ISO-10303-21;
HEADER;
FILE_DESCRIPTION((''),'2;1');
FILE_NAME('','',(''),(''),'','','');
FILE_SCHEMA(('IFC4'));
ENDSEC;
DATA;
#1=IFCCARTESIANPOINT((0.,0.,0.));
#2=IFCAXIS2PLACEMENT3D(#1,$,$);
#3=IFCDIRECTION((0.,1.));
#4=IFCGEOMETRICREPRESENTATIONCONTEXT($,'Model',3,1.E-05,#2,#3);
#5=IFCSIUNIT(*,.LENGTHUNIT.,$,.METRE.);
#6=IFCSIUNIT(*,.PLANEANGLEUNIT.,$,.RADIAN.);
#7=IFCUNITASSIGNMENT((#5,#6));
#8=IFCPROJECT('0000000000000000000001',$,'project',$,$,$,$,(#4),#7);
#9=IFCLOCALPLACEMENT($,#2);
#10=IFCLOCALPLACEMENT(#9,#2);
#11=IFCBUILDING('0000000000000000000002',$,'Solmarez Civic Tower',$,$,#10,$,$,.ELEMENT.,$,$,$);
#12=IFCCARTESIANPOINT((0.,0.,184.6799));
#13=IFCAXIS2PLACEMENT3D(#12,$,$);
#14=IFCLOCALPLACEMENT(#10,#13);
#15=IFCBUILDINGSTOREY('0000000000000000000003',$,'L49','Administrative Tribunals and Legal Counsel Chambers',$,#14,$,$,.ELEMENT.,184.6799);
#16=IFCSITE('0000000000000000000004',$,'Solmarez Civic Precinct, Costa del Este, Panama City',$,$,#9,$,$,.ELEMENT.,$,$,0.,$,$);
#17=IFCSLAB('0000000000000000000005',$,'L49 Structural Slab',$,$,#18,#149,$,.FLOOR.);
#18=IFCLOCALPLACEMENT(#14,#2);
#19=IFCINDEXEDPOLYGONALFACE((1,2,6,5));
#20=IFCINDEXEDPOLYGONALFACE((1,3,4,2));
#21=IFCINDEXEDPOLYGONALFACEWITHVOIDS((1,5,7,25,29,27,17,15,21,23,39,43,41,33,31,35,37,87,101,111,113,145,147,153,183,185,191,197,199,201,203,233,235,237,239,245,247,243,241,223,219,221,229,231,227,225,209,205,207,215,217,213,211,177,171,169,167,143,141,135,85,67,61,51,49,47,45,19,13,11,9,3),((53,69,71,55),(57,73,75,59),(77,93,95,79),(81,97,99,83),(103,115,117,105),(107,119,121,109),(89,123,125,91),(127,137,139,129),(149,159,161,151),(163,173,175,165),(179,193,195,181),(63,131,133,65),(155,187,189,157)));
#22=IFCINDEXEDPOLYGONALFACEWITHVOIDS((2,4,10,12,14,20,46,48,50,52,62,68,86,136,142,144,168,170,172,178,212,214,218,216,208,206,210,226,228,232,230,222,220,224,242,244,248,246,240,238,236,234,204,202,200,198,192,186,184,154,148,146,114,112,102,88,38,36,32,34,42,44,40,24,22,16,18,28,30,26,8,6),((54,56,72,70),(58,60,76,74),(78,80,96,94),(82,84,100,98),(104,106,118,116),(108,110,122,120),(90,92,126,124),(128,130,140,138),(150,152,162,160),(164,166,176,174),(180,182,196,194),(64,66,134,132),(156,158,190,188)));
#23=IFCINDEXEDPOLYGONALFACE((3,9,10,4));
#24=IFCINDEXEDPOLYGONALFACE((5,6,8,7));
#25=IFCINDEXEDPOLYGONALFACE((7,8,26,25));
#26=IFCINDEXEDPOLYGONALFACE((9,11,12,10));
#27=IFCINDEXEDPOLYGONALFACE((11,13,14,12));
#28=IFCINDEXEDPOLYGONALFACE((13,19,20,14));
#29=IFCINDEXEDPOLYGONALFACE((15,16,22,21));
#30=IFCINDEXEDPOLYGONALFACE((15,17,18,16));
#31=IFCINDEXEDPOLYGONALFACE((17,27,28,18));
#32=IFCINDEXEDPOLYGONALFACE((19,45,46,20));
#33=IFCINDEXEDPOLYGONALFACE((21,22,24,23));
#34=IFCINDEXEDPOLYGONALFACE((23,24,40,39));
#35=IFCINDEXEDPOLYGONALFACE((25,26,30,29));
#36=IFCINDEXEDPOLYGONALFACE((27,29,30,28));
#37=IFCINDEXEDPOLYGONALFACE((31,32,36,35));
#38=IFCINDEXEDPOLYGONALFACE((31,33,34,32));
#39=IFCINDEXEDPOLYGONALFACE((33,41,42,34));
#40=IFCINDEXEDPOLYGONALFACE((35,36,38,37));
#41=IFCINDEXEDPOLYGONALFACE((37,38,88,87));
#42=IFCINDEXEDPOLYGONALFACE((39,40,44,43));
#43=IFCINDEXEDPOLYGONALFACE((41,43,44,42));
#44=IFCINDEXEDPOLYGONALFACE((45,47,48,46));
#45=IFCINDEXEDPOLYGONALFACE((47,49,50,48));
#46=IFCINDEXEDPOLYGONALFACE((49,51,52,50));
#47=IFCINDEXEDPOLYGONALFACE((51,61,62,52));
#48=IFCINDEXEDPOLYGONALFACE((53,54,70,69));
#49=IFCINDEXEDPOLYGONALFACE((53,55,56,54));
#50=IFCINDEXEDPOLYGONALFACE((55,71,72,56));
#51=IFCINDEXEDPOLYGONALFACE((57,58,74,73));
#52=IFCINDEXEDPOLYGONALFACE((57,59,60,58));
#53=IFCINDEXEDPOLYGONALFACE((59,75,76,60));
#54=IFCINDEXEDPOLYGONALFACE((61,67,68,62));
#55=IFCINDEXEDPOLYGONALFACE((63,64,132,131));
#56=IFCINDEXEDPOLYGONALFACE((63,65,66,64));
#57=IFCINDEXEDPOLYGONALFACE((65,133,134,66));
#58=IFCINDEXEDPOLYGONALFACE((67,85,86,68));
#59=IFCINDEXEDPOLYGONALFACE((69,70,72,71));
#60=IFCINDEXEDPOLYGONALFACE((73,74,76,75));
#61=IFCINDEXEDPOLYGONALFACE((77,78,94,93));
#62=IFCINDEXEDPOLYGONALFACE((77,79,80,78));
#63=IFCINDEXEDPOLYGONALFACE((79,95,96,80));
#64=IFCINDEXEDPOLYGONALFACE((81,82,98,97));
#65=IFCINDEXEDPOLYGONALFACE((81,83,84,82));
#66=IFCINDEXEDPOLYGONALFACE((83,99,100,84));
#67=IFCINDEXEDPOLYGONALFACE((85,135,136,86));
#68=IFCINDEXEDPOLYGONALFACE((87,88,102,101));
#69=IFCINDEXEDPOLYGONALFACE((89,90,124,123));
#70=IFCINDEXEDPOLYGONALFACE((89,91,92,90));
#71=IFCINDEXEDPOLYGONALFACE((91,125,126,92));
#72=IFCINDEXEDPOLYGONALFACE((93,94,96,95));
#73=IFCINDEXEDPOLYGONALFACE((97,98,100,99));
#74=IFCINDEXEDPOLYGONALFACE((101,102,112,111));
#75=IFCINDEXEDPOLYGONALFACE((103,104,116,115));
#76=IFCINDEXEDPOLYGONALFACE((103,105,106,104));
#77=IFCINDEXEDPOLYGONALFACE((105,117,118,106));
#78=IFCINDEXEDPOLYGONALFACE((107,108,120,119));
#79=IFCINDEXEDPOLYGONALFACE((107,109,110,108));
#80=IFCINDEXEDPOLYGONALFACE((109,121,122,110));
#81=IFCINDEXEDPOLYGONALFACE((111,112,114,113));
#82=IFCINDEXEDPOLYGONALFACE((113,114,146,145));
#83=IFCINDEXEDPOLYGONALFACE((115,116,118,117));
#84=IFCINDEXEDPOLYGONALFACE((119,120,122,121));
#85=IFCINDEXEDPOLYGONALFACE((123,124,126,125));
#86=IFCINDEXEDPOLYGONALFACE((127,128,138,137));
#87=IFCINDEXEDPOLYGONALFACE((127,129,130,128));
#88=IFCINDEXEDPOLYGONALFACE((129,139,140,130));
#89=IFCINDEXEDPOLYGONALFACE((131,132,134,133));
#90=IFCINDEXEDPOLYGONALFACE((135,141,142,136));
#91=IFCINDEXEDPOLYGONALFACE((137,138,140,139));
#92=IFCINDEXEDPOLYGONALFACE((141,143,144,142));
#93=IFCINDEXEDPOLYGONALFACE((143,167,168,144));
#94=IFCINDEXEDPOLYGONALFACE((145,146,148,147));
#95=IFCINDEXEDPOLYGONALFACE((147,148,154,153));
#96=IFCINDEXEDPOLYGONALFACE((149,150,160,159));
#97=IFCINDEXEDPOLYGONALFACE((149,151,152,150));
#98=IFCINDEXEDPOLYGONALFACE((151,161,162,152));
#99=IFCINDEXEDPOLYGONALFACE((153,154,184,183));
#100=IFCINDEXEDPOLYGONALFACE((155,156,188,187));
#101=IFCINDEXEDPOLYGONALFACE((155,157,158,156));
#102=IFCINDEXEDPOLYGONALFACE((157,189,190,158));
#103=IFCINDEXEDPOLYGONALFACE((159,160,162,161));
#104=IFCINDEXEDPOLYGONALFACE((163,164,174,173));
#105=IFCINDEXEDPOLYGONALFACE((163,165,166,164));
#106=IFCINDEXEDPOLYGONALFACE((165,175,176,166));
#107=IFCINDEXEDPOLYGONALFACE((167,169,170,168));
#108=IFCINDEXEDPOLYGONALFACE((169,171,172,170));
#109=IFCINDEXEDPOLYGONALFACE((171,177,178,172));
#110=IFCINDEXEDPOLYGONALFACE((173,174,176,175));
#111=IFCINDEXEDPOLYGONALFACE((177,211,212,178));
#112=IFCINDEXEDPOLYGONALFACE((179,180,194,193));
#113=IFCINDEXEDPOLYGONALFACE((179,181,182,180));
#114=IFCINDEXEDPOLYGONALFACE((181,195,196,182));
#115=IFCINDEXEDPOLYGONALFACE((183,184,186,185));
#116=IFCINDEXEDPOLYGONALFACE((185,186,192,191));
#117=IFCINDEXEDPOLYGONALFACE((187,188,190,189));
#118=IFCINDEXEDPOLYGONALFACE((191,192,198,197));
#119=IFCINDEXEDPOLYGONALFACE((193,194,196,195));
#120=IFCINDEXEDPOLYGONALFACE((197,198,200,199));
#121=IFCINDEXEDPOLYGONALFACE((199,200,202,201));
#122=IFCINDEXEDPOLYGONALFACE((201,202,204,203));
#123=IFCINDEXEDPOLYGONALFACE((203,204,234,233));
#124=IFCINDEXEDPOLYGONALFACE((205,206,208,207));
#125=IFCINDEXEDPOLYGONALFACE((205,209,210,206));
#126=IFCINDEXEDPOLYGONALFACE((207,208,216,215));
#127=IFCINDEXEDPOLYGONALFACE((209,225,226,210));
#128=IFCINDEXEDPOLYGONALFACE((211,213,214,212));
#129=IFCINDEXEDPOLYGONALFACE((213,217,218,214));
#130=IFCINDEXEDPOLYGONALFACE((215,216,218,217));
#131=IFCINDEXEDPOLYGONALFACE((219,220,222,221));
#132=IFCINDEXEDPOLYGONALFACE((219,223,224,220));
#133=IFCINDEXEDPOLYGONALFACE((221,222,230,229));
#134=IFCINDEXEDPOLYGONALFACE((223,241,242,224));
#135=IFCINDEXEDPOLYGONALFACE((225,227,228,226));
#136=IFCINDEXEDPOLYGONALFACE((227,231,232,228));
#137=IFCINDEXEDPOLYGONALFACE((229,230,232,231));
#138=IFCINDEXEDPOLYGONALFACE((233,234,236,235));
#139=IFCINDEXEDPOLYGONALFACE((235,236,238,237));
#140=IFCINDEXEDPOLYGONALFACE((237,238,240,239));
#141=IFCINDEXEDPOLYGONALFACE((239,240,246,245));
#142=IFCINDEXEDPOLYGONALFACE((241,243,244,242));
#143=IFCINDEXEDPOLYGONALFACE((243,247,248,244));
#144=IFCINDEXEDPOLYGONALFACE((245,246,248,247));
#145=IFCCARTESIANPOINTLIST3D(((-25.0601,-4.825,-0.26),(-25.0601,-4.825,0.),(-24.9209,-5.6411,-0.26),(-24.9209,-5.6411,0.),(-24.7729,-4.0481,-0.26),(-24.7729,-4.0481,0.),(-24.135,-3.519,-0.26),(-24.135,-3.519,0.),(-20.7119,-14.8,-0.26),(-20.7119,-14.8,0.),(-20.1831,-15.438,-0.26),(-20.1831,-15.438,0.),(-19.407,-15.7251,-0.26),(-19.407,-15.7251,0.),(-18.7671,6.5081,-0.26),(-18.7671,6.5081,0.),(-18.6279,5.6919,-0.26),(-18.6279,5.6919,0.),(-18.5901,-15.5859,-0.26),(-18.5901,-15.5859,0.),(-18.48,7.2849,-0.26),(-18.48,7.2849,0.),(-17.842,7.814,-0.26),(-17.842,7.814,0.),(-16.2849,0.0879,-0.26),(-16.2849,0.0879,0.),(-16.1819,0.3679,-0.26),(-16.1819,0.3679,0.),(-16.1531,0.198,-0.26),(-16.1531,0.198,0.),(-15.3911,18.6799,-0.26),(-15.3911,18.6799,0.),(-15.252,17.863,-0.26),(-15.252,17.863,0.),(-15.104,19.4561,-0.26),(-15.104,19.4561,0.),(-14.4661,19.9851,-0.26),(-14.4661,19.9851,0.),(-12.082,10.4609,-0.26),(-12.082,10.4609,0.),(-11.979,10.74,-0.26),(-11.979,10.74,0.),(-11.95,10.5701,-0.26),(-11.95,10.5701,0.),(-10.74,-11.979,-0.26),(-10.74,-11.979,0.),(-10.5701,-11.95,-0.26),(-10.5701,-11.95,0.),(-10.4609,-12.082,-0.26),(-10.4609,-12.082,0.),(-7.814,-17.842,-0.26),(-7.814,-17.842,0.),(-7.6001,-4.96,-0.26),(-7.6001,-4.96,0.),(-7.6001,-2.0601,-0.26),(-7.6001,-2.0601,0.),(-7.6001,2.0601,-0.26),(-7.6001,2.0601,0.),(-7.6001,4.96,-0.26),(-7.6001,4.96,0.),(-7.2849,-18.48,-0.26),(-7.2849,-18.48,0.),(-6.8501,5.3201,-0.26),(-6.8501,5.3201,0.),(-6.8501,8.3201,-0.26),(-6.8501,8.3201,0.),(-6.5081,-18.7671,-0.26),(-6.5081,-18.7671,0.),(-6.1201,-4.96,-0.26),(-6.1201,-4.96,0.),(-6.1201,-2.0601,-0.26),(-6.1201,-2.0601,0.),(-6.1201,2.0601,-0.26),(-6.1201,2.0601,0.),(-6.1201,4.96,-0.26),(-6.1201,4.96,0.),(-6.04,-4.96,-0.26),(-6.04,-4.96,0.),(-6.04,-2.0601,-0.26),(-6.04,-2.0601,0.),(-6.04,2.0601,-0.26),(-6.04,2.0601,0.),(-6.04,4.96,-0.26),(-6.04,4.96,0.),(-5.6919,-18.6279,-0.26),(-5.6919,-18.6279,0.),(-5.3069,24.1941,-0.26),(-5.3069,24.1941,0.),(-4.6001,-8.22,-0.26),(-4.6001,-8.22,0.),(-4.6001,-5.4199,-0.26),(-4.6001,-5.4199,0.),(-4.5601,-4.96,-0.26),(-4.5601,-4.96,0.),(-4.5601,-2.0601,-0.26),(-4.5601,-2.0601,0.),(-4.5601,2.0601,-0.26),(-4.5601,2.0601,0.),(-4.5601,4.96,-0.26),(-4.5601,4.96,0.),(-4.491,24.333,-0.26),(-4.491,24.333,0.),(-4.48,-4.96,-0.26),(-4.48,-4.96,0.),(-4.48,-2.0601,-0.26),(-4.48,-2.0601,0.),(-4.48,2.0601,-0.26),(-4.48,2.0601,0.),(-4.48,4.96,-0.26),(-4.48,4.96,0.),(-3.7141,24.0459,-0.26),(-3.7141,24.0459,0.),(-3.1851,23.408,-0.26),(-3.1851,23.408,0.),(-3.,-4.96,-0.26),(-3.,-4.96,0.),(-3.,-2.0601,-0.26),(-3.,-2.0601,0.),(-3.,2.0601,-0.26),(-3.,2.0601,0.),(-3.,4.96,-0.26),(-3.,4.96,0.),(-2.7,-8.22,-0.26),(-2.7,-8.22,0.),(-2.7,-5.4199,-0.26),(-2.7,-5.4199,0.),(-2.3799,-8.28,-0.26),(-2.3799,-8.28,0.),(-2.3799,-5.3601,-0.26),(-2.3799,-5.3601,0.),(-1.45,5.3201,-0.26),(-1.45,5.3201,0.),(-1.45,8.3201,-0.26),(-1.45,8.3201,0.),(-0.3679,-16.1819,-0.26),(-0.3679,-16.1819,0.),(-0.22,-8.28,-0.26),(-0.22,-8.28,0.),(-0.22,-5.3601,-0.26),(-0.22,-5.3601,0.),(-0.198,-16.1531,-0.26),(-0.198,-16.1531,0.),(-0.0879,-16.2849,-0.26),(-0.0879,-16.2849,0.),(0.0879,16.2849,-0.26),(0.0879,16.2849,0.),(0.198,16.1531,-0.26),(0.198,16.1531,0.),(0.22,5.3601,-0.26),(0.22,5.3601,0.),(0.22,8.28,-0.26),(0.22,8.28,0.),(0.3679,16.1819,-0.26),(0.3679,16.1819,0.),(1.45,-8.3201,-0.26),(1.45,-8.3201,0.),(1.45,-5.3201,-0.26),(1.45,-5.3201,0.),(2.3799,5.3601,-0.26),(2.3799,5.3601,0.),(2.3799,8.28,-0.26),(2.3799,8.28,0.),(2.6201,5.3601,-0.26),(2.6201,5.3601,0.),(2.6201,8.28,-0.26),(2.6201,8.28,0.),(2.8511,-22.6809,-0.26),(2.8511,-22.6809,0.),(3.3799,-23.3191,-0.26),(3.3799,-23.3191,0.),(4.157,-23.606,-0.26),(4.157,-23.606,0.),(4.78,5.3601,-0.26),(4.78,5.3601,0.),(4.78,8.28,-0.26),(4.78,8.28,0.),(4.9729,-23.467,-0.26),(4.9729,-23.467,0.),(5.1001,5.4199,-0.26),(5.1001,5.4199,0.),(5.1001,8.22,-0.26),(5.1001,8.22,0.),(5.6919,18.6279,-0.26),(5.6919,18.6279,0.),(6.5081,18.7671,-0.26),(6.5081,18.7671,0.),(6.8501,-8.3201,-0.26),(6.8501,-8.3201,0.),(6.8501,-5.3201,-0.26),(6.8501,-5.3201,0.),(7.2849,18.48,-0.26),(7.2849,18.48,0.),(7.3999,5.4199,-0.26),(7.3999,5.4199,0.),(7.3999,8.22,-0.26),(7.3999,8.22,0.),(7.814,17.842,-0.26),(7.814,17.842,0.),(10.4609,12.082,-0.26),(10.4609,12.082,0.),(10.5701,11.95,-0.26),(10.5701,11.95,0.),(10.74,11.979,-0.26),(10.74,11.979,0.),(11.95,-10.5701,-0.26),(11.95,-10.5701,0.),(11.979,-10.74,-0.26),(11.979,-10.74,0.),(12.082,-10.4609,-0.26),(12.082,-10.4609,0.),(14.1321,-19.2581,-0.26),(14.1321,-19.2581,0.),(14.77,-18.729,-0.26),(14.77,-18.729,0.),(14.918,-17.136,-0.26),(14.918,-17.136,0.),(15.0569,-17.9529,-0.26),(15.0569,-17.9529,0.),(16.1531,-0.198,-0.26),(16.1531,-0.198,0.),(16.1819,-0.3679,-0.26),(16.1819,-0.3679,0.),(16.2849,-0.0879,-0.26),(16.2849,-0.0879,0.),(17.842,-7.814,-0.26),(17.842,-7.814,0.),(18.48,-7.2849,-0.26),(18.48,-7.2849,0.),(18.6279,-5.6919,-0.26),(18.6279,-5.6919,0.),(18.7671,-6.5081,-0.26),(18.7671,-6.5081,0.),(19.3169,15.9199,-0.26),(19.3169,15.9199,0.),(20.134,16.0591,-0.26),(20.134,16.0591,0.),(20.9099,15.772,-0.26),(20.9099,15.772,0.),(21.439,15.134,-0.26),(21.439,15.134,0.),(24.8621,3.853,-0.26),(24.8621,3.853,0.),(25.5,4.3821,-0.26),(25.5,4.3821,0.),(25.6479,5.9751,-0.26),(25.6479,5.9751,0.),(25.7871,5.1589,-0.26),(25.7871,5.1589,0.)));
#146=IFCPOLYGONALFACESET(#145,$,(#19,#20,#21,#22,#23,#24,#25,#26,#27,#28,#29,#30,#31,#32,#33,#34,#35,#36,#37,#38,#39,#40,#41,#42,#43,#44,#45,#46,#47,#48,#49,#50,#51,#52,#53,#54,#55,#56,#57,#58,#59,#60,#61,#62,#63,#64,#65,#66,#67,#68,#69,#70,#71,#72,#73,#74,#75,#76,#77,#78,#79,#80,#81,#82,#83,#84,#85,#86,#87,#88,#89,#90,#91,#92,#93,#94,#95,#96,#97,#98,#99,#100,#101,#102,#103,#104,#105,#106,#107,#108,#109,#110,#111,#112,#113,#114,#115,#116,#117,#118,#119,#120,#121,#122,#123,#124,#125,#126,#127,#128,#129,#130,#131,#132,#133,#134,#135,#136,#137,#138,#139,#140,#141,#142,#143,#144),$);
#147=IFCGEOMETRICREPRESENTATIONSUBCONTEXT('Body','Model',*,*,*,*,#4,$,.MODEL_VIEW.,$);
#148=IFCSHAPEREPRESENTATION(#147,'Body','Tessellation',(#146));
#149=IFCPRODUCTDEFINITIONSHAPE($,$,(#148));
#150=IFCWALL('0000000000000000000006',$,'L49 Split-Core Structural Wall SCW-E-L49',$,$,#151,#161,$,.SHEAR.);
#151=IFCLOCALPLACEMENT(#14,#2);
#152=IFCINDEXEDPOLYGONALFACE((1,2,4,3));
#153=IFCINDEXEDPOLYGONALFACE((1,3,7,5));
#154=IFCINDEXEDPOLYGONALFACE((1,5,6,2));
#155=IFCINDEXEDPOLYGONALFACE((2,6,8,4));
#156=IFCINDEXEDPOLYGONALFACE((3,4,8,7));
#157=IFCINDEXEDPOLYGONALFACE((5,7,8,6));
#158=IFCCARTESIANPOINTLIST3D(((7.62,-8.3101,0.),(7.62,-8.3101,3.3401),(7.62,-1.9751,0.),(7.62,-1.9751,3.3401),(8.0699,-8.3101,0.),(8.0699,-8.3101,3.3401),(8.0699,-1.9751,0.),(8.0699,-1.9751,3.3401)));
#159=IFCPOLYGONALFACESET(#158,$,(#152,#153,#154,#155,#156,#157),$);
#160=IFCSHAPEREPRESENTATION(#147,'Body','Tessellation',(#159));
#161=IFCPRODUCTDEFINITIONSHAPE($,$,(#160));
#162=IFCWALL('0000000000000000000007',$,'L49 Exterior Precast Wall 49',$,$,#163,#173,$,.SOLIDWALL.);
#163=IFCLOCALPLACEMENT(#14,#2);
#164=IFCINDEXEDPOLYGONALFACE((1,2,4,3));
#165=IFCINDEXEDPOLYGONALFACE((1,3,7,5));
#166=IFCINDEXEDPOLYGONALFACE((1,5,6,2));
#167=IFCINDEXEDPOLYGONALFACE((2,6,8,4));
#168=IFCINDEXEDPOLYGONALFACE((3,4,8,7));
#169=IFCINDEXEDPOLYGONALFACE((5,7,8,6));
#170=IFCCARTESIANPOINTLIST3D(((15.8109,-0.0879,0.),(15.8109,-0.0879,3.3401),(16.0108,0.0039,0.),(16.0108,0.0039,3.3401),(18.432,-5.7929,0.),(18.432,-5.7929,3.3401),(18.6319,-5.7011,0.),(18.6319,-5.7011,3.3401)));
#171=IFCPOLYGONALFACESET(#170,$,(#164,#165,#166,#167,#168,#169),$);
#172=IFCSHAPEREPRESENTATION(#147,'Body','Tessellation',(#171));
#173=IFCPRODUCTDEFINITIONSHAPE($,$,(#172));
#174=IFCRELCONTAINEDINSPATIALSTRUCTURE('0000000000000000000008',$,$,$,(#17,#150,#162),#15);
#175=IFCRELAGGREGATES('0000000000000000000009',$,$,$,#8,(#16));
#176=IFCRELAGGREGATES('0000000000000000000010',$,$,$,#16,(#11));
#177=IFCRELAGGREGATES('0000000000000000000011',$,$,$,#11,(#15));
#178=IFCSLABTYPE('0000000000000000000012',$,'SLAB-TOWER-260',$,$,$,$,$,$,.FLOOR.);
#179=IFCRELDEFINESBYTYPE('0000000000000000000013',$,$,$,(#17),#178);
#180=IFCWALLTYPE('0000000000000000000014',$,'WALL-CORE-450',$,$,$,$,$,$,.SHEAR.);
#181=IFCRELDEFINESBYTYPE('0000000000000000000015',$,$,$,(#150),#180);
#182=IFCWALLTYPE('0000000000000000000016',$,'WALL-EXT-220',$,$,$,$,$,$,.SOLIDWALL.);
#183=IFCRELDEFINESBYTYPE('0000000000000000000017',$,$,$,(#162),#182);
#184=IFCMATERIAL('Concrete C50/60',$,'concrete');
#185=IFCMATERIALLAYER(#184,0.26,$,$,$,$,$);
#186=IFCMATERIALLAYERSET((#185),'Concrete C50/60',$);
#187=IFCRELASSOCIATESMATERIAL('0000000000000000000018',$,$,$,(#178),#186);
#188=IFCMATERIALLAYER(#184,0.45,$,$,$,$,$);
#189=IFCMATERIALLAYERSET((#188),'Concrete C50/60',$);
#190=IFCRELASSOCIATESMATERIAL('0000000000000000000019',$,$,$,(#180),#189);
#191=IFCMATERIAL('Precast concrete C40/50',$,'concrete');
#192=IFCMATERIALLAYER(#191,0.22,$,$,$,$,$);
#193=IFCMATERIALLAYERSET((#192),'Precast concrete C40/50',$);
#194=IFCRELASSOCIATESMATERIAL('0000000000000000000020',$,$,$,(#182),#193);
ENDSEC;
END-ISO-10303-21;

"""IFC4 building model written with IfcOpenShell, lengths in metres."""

from ifc_helpers import new_model, si_unit, direction, frame, frame_2d, origin, place, context, subcontext, project, spatial, polyline, rectangle, outline, extrude, material, layer, layer_set, type_object, element, save


model = new_model("IFC4")

# Units and contexts
model_context = context("Model", 3, precision=1e-05, world=origin(), true_north=direction((0.0, 1.0)))
body_context = subcontext(model_context, "Body", "Model", "MODEL_VIEW")
ifc_project = project(units=[si_unit("LENGTHUNIT", "METRE"), si_unit("PLANEANGLEUNIT", "RADIAN")], contexts=[model_context])

# Site, building, storey
site_placement = place(None, origin())
site = spatial("IfcSite", under=ifc_project, at=site_placement, Name="Solmarez Civic Precinct, Costa del Este, Panama City", CompositionType="ELEMENT", RefElevation=0.0)
building_placement = place(site_placement, origin())
building = spatial("IfcBuilding", under=site, at=building_placement, Name="Solmarez Civic Tower", CompositionType="ELEMENT")
storey_placement = place(building_placement, frame((0.0, 0.0, 184.6799)))
storey = spatial("IfcBuildingStorey", under=building, at=storey_placement, Name="L49", Description="Administrative Tribunals and Legal Counsel Chambers", CompositionType="ELEMENT", Elevation=184.6799)

# Shared definitions
ifc_material_1 = material(Name="Concrete C50/60", Category="concrete")

# Slab
ifc_layer_1 = layer(ifc_material_1, 0.26)
ifc_layer_set_1 = layer_set([ifc_layer_1], Name="Concrete C50/60")
slab_type_1 = type_object("IfcSlabType", Name="SLAB-TOWER-260", PredefinedType="FLOOR", material=ifc_layer_set_1)
slab_1_placement = place(storey_placement, frame((0.0, 0.0, -0.26)))
element("IfcSlab", 1, at=slab_1_placement, inside=storey, type_object=slab_type_1, Name="L49 Structural Slab", PredefinedType="FLOOR", context=body_context, shape_type="SweptSolid", body=[
    extrude(outline(polyline([(-10.4609, -12.082), (-7.814, -17.842), (-7.2849, -18.48), (-6.5081, -18.7671), (-5.6919, -18.6279), (-0.3679, -16.1819), (-0.198, -16.1531), (-0.0879, -16.2849), (2.8511, -22.6809), (3.3799, -23.3191), (4.157, -23.606), (4.9729, -23.467), (14.1321, -19.2581), (14.77, -18.729), (15.0569, -17.9529), (14.918, -17.136), (11.979, -10.74), (11.95, -10.5701), (12.082, -10.4609), (17.842, -7.814), (18.48, -7.2849), (18.7671, -6.5081), (18.6279, -5.6919), (16.1819, -0.3679), (16.1531, -0.198), (16.2849, -0.0879), (24.8621, 3.853), (25.5, 4.3821), (25.7871, 5.1589), (25.6479, 5.9751), (21.439, 15.134), (20.9099, 15.772), (20.134, 16.0591), (19.3169, 15.9199), (10.74, 11.979), (10.5701, 11.95), (10.4609, 12.082), (7.814, 17.842), (7.2849, 18.48), (6.5081, 18.7671), (5.6919, 18.6279), (0.3679, 16.1819), (0.198, 16.1531), (0.0879, 16.2849), (-3.1851, 23.408), (-3.7141, 24.0459), (-4.491, 24.333), (-5.3069, 24.1941), (-14.4661, 19.9851), (-15.104, 19.4561), (-15.3911, 18.6799), (-15.252, 17.863), (-11.979, 10.74), (-11.95, 10.5701), (-12.082, 10.4609), (-17.842, 7.814), (-18.48, 7.2849), (-18.7671, 6.5081), (-18.6279, 5.6919), (-16.1819, 0.3679), (-16.1531, 0.198), (-16.2849, 0.0879), (-24.135, -3.519), (-24.7729, -4.0481), (-25.0601, -4.825), (-24.9209, -5.6411), (-20.7119, -14.8), (-20.1831, -15.438), (-19.407, -15.7251), (-18.5901, -15.5859), (-10.74, -11.979), (-10.5701, -11.95), (-10.4609, -12.082)]), holes=[polyline([(-1.45, 8.3201), (-6.8501, 8.3201), (-6.8501, 5.3201), (-1.45, 5.3201), (-1.45, 8.3201)]), polyline([(1.45, -8.3201), (6.8501, -8.3201), (6.8501, -5.3201), (1.45, -5.3201), (1.45, -8.3201)]), polyline([(0.22, 5.3601), (2.3799, 5.3601), (2.3799, 8.28), (0.22, 8.28), (0.22, 5.3601)]), polyline([(2.6201, 5.3601), (4.78, 5.3601), (4.78, 8.28), (2.6201, 8.28), (2.6201, 5.3601)]), polyline([(-2.3799, -8.28), (-0.22, -8.28), (-0.22, -5.3601), (-2.3799, -5.3601), (-2.3799, -8.28)]), polyline([(-7.6001, -4.96), (-6.1201, -4.96), (-6.1201, -2.0601), (-7.6001, -2.0601), (-7.6001, -4.96)]), polyline([(-6.04, -4.96), (-4.5601, -4.96), (-4.5601, -2.0601), (-6.04, -2.0601), (-6.04, -4.96)]), polyline([(-4.48, -4.96), (-3.0, -4.96), (-3.0, -2.0601), (-4.48, -2.0601), (-4.48, -4.96)]), polyline([(-7.6001, 2.0601), (-6.1201, 2.0601), (-6.1201, 4.96), (-7.6001, 4.96), (-7.6001, 2.0601)]), polyline([(-6.04, 2.0601), (-4.5601, 2.0601), (-4.5601, 4.96), (-6.04, 4.96), (-6.04, 2.0601)]), polyline([(-4.48, 2.0601), (-3.0, 2.0601), (-3.0, 4.96), (-4.48, 4.96), (-4.48, 2.0601)]), polyline([(5.1001, 5.4199), (7.3999, 5.4199), (7.3999, 8.22), (5.1001, 8.22), (5.1001, 5.4199)]), polyline([(-4.6001, -8.22), (-2.7, -8.22), (-2.7, -5.4199), (-4.6001, -5.4199), (-4.6001, -8.22)])]), origin(), (0.0, 0.0, 1.0), 0.26),
])

# Walls
ifc_layer_2 = layer(ifc_material_1, 0.45)
ifc_layer_set_2 = layer_set([ifc_layer_2], Name="Concrete C50/60")
wall_type_1 = type_object("IfcWallType", Name="WALL-CORE-450", PredefinedType="SHEAR", material=ifc_layer_set_2)
wall_1_placement = place(storey_placement, frame((7.845, -1.9751, 0.0), z_axis=(0.0, 0.0, 1.0), x_axis=(0.0, -1.0, 0.0)))
element("IfcWall", 2, at=wall_1_placement, inside=storey, type_object=wall_type_1, Name="L49 Split-Core Structural Wall SCW-E-L49", PredefinedType="SHEAR", context=body_context, shape_type="SweptSolid", body=[
    extrude(rectangle(XDim=6.335, YDim=0.45, at=frame_2d((3.1675, 0.0))), origin(), (0.0, 0.0, 1.0), 3.3401),
])
ifc_material_2 = material(Name="Precast concrete C40/50", Category="concrete")
ifc_layer_3 = layer(ifc_material_2, 0.22)
ifc_layer_set_3 = layer_set([ifc_layer_3], Name="Precast concrete C40/50")
wall_type_2 = type_object("IfcWallType", Name="WALL-EXT-220", PredefinedType="SOLIDWALL", material=ifc_layer_set_3)
wall_2_placement = place(storey_placement, frame((15.9109, -0.042, 0.0), z_axis=(0.0, 0.0, 1.0), x_axis=(0.417479, -0.908686, 0.0)))
element("IfcWall", 3, at=wall_2_placement, inside=storey, type_object=wall_type_2, Name="L49 Exterior Precast Wall 49", PredefinedType="SOLIDWALL", context=body_context, shape_type="SweptSolid", body=[
    extrude(rectangle(XDim=6.2783, YDim=0.22, at=frame_2d((3.1392, 0.0))), origin(), (0.0, 0.0, 1.0), 3.3401),
])

save(model, "model.ifc")
